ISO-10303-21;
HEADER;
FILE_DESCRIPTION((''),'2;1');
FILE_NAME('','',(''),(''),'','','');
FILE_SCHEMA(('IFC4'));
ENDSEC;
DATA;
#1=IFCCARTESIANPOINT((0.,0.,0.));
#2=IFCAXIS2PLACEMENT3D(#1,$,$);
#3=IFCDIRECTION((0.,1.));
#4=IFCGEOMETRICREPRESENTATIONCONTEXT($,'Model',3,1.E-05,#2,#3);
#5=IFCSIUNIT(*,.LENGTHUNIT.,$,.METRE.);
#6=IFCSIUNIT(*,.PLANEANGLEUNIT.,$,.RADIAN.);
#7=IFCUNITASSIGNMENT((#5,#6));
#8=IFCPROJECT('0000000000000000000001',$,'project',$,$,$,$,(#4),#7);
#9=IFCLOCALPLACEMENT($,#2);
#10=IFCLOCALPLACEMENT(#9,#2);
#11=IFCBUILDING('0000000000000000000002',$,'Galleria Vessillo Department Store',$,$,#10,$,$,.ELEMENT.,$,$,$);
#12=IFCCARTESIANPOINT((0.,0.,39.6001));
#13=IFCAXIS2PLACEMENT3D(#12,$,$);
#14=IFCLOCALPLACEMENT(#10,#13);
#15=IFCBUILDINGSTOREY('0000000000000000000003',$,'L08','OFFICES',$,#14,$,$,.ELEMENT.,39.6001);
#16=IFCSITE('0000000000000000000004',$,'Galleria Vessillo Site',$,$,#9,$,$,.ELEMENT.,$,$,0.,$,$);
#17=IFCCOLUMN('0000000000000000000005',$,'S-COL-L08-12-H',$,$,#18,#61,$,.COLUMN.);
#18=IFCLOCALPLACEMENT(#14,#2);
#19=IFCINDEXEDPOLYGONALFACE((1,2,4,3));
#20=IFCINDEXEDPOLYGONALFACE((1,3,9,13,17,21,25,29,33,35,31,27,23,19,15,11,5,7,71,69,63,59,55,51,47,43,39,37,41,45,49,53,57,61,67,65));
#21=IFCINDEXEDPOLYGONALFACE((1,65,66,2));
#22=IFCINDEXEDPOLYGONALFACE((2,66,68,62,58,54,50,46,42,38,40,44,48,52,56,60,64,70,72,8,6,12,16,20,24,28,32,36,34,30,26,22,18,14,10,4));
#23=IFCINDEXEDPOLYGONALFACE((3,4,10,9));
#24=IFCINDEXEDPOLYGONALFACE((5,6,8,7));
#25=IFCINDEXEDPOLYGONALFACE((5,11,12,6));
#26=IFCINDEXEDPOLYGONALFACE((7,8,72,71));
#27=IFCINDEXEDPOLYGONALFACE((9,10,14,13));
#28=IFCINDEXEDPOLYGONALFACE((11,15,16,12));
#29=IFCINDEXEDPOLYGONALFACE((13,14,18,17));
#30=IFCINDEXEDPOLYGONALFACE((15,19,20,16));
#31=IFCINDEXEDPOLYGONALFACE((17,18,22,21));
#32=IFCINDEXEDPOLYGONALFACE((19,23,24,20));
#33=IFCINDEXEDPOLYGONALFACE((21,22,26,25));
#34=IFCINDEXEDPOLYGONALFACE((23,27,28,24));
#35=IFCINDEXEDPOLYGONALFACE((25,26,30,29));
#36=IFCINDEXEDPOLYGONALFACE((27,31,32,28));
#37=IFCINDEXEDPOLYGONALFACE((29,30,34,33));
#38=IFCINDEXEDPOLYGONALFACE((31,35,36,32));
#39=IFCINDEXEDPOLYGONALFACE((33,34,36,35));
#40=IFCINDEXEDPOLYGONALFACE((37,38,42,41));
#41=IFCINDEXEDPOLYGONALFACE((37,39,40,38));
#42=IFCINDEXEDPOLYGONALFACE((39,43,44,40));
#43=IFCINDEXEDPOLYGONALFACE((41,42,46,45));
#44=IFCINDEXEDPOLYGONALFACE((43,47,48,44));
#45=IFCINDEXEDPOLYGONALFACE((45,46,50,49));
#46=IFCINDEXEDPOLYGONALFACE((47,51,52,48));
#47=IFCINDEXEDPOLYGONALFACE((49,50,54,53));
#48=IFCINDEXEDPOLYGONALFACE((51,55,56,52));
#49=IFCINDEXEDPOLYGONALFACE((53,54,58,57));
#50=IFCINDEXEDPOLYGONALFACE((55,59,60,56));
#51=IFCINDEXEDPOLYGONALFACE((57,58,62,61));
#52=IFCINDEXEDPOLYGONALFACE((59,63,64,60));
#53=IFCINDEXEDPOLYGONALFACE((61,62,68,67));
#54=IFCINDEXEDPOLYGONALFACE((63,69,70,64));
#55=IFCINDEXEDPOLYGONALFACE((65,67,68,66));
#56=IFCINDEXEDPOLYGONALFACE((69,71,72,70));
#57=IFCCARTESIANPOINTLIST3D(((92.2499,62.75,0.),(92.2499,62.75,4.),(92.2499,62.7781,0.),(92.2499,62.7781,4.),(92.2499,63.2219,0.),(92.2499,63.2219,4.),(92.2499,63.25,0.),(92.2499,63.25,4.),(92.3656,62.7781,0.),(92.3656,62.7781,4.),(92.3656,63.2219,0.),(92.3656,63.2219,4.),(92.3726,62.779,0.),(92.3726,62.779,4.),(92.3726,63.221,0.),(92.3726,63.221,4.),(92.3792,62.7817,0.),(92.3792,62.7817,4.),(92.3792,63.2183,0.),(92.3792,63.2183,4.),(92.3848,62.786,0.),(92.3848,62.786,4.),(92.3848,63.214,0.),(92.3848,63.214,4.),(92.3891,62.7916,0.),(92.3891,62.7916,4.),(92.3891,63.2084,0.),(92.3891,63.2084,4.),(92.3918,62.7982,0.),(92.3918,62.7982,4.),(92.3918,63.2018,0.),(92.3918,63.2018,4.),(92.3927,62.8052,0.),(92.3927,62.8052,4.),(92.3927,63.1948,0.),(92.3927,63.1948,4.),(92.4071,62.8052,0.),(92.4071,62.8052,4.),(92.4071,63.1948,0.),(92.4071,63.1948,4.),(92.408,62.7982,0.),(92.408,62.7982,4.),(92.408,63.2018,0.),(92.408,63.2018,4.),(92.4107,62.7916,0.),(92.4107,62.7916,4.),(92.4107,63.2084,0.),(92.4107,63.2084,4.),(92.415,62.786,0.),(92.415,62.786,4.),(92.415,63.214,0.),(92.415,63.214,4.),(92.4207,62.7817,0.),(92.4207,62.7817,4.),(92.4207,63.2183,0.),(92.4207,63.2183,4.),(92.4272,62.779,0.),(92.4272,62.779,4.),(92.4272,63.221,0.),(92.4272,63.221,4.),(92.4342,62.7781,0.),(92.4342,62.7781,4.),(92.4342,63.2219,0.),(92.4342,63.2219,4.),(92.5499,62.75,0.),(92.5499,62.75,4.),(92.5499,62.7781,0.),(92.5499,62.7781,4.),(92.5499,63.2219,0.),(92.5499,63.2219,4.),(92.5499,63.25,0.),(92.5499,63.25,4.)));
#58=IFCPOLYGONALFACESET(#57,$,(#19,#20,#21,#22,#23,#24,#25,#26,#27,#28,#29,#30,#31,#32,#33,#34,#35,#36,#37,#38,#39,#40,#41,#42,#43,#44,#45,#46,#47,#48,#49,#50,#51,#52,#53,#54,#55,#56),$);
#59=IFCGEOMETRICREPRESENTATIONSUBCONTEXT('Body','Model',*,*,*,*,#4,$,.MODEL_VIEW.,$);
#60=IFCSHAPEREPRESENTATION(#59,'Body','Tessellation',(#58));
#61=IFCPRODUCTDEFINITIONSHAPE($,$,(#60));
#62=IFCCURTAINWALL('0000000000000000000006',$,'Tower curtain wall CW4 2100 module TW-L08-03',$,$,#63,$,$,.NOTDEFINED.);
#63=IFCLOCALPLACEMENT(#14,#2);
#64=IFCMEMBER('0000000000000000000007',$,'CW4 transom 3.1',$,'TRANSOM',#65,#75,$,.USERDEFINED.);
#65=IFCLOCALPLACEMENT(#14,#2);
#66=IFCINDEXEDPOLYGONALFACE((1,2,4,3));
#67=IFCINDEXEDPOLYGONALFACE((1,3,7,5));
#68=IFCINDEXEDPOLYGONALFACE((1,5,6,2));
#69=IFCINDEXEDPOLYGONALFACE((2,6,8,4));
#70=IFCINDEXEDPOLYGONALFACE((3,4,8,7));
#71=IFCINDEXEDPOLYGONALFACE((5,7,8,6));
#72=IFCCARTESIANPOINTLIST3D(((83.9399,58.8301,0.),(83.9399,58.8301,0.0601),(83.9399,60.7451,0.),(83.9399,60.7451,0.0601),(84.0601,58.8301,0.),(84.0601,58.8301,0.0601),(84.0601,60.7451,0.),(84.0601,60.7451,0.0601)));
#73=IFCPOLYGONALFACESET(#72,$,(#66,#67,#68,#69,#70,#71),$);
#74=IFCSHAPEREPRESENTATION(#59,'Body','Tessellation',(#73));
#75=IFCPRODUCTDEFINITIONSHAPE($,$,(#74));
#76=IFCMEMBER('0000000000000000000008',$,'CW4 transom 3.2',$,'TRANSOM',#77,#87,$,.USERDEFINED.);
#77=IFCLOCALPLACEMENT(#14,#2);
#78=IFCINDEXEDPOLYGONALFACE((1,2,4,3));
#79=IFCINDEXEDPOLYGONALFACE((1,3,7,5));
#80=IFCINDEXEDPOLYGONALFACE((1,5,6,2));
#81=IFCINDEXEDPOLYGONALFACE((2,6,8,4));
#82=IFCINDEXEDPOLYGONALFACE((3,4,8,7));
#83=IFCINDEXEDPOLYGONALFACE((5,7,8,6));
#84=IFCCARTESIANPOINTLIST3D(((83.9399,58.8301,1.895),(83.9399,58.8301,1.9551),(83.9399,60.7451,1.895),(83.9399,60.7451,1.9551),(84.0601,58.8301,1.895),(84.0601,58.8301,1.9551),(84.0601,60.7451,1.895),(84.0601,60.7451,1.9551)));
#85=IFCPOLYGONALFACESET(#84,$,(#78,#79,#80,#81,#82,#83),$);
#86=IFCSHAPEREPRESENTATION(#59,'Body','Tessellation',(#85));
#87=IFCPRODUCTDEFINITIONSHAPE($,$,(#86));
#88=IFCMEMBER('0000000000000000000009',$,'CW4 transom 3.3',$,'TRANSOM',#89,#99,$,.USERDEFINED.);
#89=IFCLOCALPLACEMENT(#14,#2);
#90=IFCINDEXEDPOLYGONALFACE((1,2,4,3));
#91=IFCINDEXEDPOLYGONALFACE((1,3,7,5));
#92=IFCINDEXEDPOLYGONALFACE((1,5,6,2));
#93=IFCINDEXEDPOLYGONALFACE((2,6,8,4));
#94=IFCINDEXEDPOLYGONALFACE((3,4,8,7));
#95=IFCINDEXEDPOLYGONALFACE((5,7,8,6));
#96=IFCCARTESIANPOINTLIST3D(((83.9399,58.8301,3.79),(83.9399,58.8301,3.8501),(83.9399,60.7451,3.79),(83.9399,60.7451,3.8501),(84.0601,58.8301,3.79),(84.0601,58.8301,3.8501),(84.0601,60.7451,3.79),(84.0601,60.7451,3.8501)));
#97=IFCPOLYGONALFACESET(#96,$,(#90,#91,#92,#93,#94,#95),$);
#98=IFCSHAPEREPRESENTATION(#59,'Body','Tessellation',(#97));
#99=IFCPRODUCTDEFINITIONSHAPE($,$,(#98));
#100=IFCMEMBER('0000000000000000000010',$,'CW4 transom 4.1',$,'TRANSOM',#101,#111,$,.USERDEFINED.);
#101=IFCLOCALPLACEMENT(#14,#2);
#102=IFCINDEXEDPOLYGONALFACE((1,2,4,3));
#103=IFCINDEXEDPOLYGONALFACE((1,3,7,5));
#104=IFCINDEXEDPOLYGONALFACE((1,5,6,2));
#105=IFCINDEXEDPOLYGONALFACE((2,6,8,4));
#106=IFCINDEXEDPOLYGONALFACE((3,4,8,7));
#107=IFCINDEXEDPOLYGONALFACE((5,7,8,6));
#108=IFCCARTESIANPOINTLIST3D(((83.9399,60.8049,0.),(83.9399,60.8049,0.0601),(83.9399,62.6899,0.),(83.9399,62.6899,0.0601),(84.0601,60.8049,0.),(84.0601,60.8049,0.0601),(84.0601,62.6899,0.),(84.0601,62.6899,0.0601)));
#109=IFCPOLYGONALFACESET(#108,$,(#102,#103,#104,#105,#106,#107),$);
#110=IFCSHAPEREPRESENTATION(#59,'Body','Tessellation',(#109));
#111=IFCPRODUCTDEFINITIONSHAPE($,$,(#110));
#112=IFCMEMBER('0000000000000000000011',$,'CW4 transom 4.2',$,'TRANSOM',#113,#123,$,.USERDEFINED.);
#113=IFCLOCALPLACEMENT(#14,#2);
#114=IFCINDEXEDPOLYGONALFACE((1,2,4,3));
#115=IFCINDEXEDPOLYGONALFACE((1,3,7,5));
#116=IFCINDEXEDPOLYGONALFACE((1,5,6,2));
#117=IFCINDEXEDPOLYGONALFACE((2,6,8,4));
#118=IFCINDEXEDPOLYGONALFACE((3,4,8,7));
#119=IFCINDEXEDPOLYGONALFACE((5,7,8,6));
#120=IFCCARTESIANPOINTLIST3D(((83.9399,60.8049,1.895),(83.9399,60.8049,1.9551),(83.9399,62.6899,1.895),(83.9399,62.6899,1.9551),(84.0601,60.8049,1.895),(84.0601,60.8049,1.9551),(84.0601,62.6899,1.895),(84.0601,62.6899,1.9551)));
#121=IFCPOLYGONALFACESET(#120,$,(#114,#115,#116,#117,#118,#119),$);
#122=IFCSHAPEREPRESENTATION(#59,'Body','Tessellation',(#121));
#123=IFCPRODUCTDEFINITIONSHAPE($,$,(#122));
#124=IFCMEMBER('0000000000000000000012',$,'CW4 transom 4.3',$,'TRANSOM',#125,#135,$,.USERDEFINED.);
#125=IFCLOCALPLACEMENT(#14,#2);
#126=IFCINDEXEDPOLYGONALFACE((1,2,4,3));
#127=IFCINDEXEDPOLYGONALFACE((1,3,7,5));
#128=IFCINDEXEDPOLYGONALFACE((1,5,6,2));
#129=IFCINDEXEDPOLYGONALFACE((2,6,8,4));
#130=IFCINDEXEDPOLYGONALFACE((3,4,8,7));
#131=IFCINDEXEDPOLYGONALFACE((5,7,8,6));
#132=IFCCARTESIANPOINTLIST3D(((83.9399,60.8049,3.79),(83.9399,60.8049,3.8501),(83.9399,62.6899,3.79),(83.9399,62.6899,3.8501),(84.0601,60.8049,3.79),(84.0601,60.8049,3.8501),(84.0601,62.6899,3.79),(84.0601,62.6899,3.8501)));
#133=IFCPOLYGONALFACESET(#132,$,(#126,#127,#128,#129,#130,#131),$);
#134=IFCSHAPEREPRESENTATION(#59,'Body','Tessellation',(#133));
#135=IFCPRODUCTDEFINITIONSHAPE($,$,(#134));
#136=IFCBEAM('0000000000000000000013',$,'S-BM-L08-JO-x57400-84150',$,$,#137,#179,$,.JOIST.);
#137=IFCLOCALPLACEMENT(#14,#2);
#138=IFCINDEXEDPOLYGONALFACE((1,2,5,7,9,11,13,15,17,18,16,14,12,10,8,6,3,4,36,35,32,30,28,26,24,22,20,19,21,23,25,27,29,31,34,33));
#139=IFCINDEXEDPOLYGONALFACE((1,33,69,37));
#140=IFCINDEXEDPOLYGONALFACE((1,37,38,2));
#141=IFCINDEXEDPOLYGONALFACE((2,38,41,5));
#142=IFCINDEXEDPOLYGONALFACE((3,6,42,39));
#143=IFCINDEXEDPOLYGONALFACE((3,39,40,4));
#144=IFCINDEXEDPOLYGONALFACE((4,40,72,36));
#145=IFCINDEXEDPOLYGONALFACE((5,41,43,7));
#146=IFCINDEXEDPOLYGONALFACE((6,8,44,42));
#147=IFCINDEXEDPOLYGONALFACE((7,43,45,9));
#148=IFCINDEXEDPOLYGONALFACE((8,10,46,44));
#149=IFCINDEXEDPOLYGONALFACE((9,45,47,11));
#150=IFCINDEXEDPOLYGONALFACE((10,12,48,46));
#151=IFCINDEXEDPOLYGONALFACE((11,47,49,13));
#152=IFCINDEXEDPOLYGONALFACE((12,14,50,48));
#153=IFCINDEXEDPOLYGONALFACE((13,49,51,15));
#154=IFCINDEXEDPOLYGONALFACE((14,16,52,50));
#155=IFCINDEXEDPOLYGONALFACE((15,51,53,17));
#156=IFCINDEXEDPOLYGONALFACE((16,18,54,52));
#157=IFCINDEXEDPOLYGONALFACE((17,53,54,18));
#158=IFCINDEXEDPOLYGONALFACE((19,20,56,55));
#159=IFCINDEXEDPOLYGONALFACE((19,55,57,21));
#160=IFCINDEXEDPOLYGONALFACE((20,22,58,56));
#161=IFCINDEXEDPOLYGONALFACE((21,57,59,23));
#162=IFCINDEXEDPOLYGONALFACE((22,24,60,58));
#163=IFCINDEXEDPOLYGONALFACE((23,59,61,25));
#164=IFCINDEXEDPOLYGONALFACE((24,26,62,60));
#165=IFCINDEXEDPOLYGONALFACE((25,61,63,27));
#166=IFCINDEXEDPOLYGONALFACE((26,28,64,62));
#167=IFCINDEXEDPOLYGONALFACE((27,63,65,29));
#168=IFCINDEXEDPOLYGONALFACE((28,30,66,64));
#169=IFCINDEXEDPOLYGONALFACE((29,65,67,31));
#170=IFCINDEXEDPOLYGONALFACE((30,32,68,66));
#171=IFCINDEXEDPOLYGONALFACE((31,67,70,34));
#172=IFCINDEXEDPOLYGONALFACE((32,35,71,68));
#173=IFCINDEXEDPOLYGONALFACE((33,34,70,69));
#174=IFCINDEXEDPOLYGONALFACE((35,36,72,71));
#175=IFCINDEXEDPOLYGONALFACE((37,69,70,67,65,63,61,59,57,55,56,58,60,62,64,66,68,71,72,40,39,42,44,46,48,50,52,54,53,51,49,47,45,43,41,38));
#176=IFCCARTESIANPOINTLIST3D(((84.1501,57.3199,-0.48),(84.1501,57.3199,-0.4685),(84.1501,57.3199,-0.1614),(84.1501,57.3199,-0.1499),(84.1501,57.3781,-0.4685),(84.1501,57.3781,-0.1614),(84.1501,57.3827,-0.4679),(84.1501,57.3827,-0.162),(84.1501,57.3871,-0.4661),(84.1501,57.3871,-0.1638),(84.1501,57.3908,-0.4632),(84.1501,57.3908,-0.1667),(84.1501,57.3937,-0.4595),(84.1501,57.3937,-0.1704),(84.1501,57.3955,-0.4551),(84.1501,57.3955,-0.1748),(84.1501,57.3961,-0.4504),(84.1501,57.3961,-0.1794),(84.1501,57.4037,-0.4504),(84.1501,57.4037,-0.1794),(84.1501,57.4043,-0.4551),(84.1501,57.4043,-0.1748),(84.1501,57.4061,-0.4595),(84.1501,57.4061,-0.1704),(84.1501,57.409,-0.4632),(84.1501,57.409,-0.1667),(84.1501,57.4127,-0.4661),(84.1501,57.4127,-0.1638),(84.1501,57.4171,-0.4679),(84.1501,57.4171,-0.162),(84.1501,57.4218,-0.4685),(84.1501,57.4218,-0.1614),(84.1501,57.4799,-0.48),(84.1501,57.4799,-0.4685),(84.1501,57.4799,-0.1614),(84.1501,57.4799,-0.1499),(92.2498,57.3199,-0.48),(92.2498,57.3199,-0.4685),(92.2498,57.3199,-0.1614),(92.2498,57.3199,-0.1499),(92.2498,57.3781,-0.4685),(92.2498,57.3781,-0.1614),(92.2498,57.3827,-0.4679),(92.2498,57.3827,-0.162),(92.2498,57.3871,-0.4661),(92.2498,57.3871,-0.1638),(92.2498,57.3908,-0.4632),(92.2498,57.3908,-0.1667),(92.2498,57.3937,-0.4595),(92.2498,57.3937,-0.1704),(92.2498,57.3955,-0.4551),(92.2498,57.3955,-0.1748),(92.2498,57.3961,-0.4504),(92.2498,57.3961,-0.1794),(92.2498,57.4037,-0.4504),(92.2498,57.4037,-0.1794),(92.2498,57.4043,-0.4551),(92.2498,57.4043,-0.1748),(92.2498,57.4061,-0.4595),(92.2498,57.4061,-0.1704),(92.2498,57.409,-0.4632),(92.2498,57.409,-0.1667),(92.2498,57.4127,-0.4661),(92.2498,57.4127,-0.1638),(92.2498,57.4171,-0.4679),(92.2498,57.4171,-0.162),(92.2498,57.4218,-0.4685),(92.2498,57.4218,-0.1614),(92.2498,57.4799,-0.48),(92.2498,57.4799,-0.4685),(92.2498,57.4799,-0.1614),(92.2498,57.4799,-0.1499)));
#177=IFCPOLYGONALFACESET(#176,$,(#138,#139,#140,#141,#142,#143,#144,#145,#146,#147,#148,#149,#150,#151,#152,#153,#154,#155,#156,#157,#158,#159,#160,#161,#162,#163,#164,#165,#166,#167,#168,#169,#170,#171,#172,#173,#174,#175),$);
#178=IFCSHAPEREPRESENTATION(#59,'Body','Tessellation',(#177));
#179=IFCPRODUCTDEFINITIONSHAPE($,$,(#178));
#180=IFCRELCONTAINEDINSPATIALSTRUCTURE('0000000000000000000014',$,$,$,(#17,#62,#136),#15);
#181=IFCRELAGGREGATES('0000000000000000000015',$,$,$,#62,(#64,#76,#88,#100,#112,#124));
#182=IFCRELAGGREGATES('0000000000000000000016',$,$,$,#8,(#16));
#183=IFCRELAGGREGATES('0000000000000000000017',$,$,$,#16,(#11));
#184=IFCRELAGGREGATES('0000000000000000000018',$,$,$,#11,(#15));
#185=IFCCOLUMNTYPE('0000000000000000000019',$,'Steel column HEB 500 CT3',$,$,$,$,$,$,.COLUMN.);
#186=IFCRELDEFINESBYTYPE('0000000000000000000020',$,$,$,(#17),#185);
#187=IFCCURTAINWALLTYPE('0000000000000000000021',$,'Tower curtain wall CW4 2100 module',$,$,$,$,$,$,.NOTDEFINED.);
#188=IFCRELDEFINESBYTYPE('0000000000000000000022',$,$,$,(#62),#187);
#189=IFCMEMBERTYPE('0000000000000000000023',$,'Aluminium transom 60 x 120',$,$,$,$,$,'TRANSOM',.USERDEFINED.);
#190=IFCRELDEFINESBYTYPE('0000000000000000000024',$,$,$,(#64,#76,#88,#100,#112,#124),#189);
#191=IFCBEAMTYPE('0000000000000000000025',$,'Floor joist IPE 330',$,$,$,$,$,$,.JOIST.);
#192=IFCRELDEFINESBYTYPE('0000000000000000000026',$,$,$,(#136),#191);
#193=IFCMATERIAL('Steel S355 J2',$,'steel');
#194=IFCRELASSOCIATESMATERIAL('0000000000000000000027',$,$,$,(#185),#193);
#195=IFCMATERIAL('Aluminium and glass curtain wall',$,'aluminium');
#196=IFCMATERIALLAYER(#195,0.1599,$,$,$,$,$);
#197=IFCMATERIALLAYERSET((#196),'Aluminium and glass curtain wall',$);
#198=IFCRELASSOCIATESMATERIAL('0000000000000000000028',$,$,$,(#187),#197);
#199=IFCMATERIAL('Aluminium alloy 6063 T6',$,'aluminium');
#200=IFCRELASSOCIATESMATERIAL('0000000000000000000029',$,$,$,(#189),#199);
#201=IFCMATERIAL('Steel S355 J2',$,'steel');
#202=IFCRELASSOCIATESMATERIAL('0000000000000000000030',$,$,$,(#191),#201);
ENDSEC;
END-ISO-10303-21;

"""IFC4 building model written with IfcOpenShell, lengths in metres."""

from ifc_helpers import new_model, si_unit, direction, frame, origin, origin_2d, place, context, subcontext, project, spatial, rectangle, i_section, extrude, material, layer, layer_set, material_profile, profile_set, type_object, element, aggregate, save


model = new_model("IFC4")

# Units and contexts
model_context = context("Model", 3, precision=1e-05, world=origin(), true_north=direction((0.0, 1.0)))
body_context = subcontext(model_context, "Body", "Model", "MODEL_VIEW")
ifc_project = project(units=[si_unit("LENGTHUNIT", "METRE"), si_unit("PLANEANGLEUNIT", "RADIAN")], contexts=[model_context])

# Site, building, storey
site_placement = place(None, origin())
site = spatial("IfcSite", under=ifc_project, at=site_placement, Name="Galleria Vessillo Site", CompositionType="ELEMENT", RefElevation=0.0)
building_placement = place(site_placement, origin())
building = spatial("IfcBuilding", under=site, at=building_placement, Name="Galleria Vessillo Department Store", CompositionType="ELEMENT")
storey_placement = place(building_placement, frame((0.0, 0.0, 39.6001)))
storey = spatial("IfcBuildingStorey", under=building, at=storey_placement, Name="L08", Description="OFFICES", CompositionType="ELEMENT", Elevation=39.6001)

# Column
ifc_material_1 = material(Name="Steel S355 J2", Category="steel")
ifc_material_profile_1 = material_profile(ifc_material_1, i_section(OverallWidth=0.3, OverallDepth=0.5, WebThickness=0.0144, FlangeThickness=0.0281, FilletRadius=0.0271, at=origin_2d()), Name="HEB 500")
ifc_profile_set_1 = profile_set([ifc_material_profile_1], Name="Steel S355 J2")
column_type = type_object("IfcColumnType", Name="Steel column HEB 500 CT3", PredefinedType="COLUMN", material=ifc_profile_set_1)
column_placement = place(storey_placement, frame((92.3999, 63.0, 0.0), z_axis=(0.0, 0.0, 1.0), x_axis=(1.0, 0.0, 0.0)))
element("IfcColumn", 1, at=column_placement, inside=storey, type_object=column_type, Name="S-COL-L08-12-H", PredefinedType="COLUMN", context=body_context, shape_type="SweptSolid", body=[
    extrude(i_section(OverallWidth=0.3, OverallDepth=0.5, WebThickness=0.0144, FlangeThickness=0.0281, FilletRadius=0.0271, at=origin_2d()), origin(), (0.0, 0.0, 1.0), 4.0),
])

# Curtain wall, members
ifc_material_2 = material(Name="Aluminium and glass curtain wall", Category="aluminium")
ifc_layer_1 = layer(ifc_material_2, 0.1599)
ifc_layer_set_1 = layer_set([ifc_layer_1], Name="Aluminium and glass curtain wall")
curtain_wall_type = type_object("IfcCurtainWallType", Name="Tower curtain wall CW4 2100 module", PredefinedType="NOTDEFINED", material=ifc_layer_set_1)
curtain_wall_placement = place(storey_placement, origin())
curtain_wall = element("IfcCurtainWall", 2, at=curtain_wall_placement, inside=storey, type_object=curtain_wall_type, Name="Tower curtain wall CW4 2100 module TW-L08-03", PredefinedType="NOTDEFINED")
ifc_material_3 = material(Name="Aluminium alloy 6063 T6", Category="aluminium")
ifc_material_profile_2 = material_profile(ifc_material_3, rectangle(XDim=0.1201, YDim=0.0601, at=origin_2d()), Name="AL 60x120")
ifc_profile_set_2 = profile_set([ifc_material_profile_2], Name="Aluminium alloy 6063 T6")
member_type = type_object("IfcMemberType", Name="Aluminium transom 60 x 120", ElementType="TRANSOM", PredefinedType="USERDEFINED", material=ifc_profile_set_2)
member_1_placement = place(storey_placement, frame((84.0, 58.8301, 0.03), z_axis=(0.0, 1.0, 0.0), x_axis=(-1.0, 0.0, 0.0)))
member_1 = element("IfcMember", 3, at=member_1_placement, type_object=member_type, Name="CW4 transom 3.1", ObjectType="TRANSOM", PredefinedType="USERDEFINED", context=body_context, shape_type="SweptSolid", body=[
    extrude(rectangle(XDim=0.1201, YDim=0.0601, at=origin_2d()), origin(), (0.0, 0.0, 1.0), 1.915),
])
member_2_placement = place(storey_placement, frame((84.0, 58.8301, 1.925), z_axis=(0.0, 1.0, 0.0), x_axis=(-1.0, 0.0, 0.0)))
member_2 = element("IfcMember", 4, at=member_2_placement, type_object=member_type, Name="CW4 transom 3.2", ObjectType="TRANSOM", PredefinedType="USERDEFINED", context=body_context, shape_type="SweptSolid", body=[
    extrude(rectangle(XDim=0.1201, YDim=0.0601, at=origin_2d()), origin(), (0.0, 0.0, 1.0), 1.915),
])
member_3_placement = place(storey_placement, frame((84.0, 58.8301, 3.8201), z_axis=(0.0, 1.0, 0.0), x_axis=(-1.0, 0.0, 0.0)))
member_3 = element("IfcMember", 5, at=member_3_placement, type_object=member_type, Name="CW4 transom 3.3", ObjectType="TRANSOM", PredefinedType="USERDEFINED", context=body_context, shape_type="SweptSolid", body=[
    extrude(rectangle(XDim=0.1201, YDim=0.0601, at=origin_2d()), origin(), (0.0, 0.0, 1.0), 1.915),
])
member_4_placement = place(storey_placement, frame((84.0, 60.8049, 0.03), z_axis=(0.0, 1.0, 0.0), x_axis=(-1.0, 0.0, 0.0)))
member_4 = element("IfcMember", 6, at=member_4_placement, type_object=member_type, Name="CW4 transom 4.1", ObjectType="TRANSOM", PredefinedType="USERDEFINED", context=body_context, shape_type="SweptSolid", body=[
    extrude(rectangle(XDim=0.1201, YDim=0.0601, at=origin_2d()), origin(), (0.0, 0.0, 1.0), 1.885),
])
member_5_placement = place(storey_placement, frame((84.0, 60.8049, 1.925), z_axis=(0.0, 1.0, 0.0), x_axis=(-1.0, 0.0, 0.0)))
member_5 = element("IfcMember", 7, at=member_5_placement, type_object=member_type, Name="CW4 transom 4.2", ObjectType="TRANSOM", PredefinedType="USERDEFINED", context=body_context, shape_type="SweptSolid", body=[
    extrude(rectangle(XDim=0.1201, YDim=0.0601, at=origin_2d()), origin(), (0.0, 0.0, 1.0), 1.885),
])
member_6_placement = place(storey_placement, frame((84.0, 60.8049, 3.8201), z_axis=(0.0, 1.0, 0.0), x_axis=(-1.0, 0.0, 0.0)))
member_6 = element("IfcMember", 8, at=member_6_placement, type_object=member_type, Name="CW4 transom 4.3", ObjectType="TRANSOM", PredefinedType="USERDEFINED", context=body_context, shape_type="SweptSolid", body=[
    extrude(rectangle(XDim=0.1201, YDim=0.0601, at=origin_2d()), origin(), (0.0, 0.0, 1.0), 1.885),
])

# Beam
ifc_material_4 = material(Name="Steel S355 J2", Category="steel")
ifc_material_profile_3 = material_profile(ifc_material_4, i_section(OverallWidth=0.1599, OverallDepth=0.3301, WebThickness=0.0076, FlangeThickness=0.0115, FilletRadius=0.0181, at=origin_2d()), Name="IPE 330")
ifc_profile_set_3 = profile_set([ifc_material_profile_3], Name="Steel S355 J2")
beam_type = type_object("IfcBeamType", Name="Floor joist IPE 330", PredefinedType="JOIST", material=ifc_profile_set_3)
for number, where, z_axis, x_axis, name in (
    (9, (84.1501, 57.3999, -0.3149), (1.0, 0.0, 0.0), (0.0, 1.0, 0.0), "S-BM-L08-JO-x57400-84150"),
):
    element("IfcBeam", number, at=place(storey_placement, frame(where, z_axis=z_axis, x_axis=x_axis)), inside=storey, type_object=beam_type, Name=name, PredefinedType="JOIST", context=body_context, shape_type="SweptSolid", body=[
        extrude(i_section(OverallWidth=0.1599, OverallDepth=0.3301, WebThickness=0.0076, FlangeThickness=0.0115, FilletRadius=0.0181, at=origin_2d()), origin(), (0.0, 0.0, 1.0), 8.0996),
    ])

aggregate(curtain_wall, [member_1, member_2, member_3, member_4, member_5, member_6])

save(model, "model.ifc")
